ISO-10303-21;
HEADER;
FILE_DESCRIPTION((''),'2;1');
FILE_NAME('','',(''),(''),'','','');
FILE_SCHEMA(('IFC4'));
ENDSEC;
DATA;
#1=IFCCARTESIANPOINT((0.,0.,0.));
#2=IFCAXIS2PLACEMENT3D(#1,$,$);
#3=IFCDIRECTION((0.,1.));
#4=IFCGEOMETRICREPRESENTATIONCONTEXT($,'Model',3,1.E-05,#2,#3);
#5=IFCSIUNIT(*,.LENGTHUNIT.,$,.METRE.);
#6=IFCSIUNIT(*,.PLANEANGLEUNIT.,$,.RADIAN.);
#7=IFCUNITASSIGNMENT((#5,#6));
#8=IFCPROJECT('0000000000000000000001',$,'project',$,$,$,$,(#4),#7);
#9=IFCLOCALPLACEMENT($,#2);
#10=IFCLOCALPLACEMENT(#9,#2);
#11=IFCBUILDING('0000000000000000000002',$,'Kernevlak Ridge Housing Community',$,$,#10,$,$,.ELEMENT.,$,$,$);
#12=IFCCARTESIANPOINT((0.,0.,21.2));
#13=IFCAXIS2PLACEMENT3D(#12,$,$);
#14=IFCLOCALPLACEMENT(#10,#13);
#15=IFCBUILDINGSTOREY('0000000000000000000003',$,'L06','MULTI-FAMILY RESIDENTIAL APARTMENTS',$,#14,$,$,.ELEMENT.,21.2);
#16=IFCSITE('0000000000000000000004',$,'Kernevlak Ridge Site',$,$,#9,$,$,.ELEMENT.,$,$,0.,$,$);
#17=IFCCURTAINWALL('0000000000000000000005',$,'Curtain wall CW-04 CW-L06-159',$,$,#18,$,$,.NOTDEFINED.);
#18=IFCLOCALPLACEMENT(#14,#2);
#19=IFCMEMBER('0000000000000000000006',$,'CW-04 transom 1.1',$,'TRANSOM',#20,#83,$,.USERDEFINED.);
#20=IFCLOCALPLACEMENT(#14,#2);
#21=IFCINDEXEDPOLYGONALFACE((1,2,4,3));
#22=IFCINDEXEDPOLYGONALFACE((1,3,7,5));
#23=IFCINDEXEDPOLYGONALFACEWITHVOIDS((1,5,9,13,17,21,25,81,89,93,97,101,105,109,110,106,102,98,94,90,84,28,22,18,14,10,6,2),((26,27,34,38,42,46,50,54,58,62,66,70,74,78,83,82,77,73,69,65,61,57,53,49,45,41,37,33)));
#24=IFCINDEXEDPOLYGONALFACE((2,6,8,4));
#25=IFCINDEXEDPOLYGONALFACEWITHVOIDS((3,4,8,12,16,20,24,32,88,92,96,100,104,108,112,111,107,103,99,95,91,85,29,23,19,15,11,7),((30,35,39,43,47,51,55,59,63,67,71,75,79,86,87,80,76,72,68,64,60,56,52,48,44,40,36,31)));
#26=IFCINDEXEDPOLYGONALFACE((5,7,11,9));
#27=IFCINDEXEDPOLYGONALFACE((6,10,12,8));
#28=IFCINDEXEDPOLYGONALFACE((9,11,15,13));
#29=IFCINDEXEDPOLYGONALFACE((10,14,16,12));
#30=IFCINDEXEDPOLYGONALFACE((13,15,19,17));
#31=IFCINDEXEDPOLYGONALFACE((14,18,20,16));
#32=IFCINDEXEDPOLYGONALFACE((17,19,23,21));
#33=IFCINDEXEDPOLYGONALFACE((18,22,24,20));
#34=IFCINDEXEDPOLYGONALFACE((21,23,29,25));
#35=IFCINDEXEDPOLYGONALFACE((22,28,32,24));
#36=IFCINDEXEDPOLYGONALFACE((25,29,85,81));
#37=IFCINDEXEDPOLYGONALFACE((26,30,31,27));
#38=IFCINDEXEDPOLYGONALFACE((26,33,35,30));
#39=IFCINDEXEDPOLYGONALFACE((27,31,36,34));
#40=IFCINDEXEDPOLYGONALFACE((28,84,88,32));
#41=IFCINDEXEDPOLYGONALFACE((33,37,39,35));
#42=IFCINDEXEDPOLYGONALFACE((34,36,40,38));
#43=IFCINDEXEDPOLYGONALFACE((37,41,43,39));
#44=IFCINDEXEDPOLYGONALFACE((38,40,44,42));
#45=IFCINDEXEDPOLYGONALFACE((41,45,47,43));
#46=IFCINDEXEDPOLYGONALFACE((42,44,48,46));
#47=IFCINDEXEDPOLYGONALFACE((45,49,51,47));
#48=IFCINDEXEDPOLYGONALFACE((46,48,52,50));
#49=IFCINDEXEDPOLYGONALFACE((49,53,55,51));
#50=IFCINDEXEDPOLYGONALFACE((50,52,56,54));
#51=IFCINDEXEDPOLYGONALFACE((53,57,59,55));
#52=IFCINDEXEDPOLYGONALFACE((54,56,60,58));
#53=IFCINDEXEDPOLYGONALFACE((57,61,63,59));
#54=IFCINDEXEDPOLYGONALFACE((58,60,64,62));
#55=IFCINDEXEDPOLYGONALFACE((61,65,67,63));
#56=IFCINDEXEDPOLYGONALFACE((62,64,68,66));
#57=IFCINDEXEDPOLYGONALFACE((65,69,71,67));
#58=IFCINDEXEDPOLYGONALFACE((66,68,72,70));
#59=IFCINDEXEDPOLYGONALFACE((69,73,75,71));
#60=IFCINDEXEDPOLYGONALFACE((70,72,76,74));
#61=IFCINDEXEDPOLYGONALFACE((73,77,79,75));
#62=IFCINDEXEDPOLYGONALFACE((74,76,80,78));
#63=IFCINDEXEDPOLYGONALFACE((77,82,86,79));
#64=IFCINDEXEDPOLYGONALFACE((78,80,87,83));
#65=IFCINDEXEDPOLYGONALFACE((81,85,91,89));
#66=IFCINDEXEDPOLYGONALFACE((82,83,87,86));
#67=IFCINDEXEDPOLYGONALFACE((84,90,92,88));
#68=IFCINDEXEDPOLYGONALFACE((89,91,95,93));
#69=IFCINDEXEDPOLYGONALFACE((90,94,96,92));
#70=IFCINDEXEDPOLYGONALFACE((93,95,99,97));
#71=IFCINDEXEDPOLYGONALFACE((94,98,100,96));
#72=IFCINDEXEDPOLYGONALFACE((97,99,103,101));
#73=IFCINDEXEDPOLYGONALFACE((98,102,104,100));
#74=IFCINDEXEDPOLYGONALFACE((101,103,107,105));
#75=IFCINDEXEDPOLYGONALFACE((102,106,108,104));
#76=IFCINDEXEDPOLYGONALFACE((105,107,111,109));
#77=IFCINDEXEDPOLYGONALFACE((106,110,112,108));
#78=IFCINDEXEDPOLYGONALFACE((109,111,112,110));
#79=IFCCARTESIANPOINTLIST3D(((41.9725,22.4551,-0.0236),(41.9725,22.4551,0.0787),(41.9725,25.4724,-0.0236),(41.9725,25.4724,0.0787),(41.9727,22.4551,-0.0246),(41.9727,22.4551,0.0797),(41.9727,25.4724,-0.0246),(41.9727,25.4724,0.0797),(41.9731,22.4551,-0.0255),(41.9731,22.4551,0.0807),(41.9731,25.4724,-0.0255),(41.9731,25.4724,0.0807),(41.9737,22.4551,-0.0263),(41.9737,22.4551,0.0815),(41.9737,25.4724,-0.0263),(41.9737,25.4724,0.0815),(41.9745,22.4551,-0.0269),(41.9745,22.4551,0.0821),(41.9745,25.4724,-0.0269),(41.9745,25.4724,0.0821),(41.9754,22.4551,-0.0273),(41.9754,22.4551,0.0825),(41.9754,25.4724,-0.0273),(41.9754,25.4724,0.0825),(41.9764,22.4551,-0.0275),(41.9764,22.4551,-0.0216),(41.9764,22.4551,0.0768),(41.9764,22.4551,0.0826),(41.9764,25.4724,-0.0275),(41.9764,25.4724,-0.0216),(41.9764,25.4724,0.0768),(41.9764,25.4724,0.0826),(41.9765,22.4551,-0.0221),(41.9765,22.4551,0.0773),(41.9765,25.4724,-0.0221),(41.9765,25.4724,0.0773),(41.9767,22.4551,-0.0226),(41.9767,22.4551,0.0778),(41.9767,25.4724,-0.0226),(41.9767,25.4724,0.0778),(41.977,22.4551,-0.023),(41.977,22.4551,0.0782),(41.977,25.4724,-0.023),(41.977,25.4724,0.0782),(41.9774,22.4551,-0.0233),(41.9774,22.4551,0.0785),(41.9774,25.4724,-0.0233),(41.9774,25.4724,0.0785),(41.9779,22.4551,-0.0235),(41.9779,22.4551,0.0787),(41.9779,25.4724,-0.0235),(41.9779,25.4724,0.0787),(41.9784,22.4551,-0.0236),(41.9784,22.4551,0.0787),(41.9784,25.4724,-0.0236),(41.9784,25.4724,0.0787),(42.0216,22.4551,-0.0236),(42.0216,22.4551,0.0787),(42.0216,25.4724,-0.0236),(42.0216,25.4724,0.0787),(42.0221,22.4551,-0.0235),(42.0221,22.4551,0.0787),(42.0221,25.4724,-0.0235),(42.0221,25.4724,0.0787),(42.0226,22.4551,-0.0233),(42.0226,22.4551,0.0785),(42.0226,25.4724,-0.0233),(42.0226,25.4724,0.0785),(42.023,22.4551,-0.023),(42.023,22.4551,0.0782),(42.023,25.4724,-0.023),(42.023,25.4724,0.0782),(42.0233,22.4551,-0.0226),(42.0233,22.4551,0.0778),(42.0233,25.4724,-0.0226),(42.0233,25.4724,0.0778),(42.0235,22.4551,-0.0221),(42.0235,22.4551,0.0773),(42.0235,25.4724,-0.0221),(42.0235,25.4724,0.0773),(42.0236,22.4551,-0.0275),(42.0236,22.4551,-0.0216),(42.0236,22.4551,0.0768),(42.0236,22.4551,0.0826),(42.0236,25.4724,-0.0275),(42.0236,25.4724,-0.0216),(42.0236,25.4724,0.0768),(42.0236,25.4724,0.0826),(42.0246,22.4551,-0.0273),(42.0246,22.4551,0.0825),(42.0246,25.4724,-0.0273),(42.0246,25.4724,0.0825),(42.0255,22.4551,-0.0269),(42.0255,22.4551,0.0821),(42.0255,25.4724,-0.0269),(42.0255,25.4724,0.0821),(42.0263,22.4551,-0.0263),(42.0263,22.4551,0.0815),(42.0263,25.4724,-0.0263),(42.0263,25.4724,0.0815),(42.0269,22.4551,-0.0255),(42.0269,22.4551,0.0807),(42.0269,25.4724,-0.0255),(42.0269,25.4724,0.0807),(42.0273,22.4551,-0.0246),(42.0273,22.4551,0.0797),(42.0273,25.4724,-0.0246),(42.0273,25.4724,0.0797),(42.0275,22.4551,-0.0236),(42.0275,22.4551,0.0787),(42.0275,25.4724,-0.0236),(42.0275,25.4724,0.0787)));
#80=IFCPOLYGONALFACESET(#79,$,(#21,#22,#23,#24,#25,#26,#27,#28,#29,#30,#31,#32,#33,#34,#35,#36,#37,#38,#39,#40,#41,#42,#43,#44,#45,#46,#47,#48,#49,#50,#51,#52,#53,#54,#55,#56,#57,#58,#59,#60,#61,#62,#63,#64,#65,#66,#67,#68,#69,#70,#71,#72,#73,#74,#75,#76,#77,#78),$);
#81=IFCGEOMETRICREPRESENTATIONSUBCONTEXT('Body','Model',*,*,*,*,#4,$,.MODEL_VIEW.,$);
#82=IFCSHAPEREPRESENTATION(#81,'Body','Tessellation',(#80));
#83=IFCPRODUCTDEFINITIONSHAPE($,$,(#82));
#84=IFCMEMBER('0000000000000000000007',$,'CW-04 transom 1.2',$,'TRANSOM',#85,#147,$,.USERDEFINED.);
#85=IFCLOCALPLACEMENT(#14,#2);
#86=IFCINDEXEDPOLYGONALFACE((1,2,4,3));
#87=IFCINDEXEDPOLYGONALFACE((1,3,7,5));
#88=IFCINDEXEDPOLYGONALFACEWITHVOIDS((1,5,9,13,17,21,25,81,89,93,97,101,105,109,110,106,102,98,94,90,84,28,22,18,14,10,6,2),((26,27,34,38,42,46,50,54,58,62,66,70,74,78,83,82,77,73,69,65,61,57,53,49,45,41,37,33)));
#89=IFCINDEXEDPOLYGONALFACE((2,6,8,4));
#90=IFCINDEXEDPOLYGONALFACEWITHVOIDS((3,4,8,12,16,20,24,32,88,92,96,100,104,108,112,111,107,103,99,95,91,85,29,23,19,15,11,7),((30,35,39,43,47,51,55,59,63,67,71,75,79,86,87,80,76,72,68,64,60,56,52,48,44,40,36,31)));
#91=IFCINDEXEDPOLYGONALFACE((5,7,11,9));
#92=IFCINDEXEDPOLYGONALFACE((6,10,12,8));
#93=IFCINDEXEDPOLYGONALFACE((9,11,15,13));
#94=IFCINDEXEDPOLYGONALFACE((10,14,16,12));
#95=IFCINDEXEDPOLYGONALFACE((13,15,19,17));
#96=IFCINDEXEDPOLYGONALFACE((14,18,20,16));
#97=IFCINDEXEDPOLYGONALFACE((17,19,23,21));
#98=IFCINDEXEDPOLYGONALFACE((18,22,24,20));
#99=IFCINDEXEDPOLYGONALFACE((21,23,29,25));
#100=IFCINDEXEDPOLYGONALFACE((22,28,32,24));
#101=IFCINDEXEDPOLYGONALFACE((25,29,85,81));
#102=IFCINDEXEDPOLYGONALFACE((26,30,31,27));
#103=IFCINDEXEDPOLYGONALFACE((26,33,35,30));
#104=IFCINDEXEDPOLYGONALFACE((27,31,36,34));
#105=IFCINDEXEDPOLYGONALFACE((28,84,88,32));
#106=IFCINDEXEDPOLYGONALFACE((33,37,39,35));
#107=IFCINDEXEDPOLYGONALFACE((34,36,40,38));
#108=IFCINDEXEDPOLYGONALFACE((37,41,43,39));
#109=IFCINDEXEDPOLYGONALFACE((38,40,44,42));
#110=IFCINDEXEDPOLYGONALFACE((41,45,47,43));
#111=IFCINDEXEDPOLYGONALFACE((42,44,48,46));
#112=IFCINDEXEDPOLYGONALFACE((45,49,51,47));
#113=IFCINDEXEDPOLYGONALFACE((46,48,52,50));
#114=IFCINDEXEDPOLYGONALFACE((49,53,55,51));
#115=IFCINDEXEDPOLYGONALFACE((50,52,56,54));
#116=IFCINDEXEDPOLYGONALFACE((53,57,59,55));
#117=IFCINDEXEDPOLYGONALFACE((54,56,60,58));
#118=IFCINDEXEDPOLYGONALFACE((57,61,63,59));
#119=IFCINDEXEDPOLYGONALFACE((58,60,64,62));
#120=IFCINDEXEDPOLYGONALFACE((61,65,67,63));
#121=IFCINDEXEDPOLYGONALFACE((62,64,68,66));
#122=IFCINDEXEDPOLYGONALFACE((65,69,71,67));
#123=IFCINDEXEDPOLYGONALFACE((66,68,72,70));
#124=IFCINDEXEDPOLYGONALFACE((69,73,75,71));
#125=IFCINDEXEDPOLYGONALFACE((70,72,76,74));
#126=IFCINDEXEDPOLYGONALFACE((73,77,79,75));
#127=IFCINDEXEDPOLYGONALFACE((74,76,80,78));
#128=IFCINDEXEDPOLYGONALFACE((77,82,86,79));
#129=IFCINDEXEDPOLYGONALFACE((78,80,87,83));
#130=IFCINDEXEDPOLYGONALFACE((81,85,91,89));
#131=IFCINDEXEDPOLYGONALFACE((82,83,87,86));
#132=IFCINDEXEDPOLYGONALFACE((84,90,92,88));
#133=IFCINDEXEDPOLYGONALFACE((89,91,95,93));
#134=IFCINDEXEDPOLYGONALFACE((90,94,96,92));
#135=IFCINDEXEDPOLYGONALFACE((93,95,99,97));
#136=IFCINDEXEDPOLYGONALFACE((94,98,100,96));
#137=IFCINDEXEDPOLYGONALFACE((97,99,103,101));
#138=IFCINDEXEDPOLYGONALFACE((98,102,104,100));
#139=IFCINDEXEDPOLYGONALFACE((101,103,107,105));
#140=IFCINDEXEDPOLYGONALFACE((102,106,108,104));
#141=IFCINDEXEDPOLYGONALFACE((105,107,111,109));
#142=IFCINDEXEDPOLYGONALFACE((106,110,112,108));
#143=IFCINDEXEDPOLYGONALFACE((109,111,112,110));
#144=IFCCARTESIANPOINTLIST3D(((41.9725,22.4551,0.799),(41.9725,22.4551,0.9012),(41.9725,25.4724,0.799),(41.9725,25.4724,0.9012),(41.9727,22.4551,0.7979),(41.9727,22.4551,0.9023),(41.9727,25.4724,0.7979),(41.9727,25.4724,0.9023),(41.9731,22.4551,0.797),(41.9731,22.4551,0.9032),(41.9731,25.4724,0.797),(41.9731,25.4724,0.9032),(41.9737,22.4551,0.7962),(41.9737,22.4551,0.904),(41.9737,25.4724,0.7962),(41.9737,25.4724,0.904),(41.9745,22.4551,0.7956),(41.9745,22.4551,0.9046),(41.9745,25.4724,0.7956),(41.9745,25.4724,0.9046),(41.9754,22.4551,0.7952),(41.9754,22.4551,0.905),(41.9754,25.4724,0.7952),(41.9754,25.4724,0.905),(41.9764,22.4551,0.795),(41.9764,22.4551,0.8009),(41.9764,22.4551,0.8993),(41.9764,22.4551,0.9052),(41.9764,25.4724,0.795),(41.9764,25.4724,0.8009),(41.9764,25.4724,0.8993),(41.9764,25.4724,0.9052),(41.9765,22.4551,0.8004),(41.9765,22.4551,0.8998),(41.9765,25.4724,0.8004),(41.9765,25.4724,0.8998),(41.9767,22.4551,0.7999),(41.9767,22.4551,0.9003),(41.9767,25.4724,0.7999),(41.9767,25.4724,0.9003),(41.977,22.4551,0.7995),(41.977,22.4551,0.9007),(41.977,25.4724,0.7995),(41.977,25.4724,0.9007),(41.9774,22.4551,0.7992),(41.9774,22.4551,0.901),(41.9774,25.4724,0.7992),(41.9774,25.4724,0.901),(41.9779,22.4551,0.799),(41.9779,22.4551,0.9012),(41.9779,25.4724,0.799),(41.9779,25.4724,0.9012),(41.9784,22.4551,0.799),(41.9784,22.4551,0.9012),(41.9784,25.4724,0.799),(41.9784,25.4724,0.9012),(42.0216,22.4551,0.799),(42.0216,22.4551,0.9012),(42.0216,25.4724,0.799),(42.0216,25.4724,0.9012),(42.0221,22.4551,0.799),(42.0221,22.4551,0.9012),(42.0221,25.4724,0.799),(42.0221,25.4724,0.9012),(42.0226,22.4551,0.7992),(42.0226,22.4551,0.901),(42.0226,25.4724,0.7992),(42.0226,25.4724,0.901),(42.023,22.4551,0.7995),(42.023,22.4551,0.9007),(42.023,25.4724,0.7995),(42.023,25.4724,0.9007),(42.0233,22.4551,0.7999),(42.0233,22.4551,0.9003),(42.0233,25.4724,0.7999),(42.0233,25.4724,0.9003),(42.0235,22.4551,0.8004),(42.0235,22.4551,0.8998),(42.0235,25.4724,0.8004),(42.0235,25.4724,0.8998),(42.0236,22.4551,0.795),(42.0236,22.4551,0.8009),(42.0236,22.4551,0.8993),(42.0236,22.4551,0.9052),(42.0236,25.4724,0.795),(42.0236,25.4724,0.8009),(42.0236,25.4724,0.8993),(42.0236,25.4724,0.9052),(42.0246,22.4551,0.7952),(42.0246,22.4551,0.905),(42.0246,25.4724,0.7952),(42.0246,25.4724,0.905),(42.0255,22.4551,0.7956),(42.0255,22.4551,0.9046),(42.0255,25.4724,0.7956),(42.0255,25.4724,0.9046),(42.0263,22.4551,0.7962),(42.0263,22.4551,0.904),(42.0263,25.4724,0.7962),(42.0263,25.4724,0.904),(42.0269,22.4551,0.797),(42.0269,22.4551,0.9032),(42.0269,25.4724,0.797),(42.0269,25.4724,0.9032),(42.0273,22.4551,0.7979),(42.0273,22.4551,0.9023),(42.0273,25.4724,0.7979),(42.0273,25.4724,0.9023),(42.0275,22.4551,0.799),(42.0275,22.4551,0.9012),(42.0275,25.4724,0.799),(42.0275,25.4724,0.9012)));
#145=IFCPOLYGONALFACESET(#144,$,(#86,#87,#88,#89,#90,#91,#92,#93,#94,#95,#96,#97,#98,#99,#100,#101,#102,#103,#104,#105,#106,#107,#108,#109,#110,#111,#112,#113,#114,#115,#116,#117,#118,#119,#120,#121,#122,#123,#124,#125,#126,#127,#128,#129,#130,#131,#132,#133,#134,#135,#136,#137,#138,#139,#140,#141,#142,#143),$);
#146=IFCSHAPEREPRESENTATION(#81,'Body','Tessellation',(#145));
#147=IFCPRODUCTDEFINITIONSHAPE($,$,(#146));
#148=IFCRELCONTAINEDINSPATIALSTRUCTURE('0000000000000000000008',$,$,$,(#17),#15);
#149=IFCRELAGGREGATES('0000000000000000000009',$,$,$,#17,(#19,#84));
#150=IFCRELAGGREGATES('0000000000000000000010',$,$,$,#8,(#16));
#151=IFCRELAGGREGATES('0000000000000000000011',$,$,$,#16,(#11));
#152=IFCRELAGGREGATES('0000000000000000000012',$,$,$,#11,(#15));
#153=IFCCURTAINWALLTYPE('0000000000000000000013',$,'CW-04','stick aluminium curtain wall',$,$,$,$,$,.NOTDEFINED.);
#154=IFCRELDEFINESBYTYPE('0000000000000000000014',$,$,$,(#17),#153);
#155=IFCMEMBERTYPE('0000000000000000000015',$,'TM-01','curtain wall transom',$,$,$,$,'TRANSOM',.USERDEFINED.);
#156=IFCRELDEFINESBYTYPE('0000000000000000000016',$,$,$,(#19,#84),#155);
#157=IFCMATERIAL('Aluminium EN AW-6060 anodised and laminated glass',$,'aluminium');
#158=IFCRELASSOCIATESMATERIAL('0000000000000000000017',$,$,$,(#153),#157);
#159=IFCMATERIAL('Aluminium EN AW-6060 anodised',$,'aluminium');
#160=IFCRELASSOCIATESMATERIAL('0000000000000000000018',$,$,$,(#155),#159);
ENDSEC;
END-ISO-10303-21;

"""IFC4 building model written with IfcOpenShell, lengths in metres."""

from ifc_helpers import new_model, si_unit, direction, frame, origin, origin_2d, place, context, subcontext, project, spatial, hollow_rectangle, extrude, material, material_profile, profile_set, type_object, element, aggregate, save


model = new_model("IFC4")

# Units and contexts
model_context = context("Model", 3, precision=1e-05, world=origin(), true_north=direction((0.0, 1.0)))
body_context = subcontext(model_context, "Body", "Model", "MODEL_VIEW")
ifc_project = project(units=[si_unit("LENGTHUNIT", "METRE"), si_unit("PLANEANGLEUNIT", "RADIAN")], contexts=[model_context])

# Site, building, storey
site_placement = place(None, origin())
site = spatial("IfcSite", under=ifc_project, at=site_placement, Name="Kernevlak Ridge Site", CompositionType="ELEMENT", RefElevation=0.0)
building_placement = place(site_placement, origin())
building = spatial("IfcBuilding", under=site, at=building_placement, Name="Kernevlak Ridge Housing Community", CompositionType="ELEMENT")
storey_placement = place(building_placement, frame((0.0, 0.0, 21.2)))
storey = spatial("IfcBuildingStorey", under=building, at=storey_placement, Name="L06", Description="MULTI-FAMILY RESIDENTIAL APARTMENTS", CompositionType="ELEMENT", Elevation=21.2)

# Curtain wall
ifc_material_1 = material(Name="Aluminium EN AW-6060 anodised and laminated glass", Category="aluminium")
curtain_wall_type = type_object("IfcCurtainWallType", Name="CW-04", Description="stick aluminium curtain wall", PredefinedType="NOTDEFINED", material=ifc_material_1)
curtain_wall_placement = place(storey_placement, origin())
curtain_wall = element("IfcCurtainWall", 1, at=curtain_wall_placement, inside=storey, type_object=curtain_wall_type, Name="Curtain wall CW-04 CW-L06-159", PredefinedType="NOTDEFINED")
ifc_material_2 = material(Name="Aluminium EN AW-6060 anodised", Category="aluminium")

# Members
ifc_material_profile_1 = material_profile(ifc_material_2, hollow_rectangle(XDim=0.0549, YDim=0.1101, WallThickness=0.0039, InnerFilletRadius=0.002, OuterFilletRadius=0.0039, at=origin_2d()), Name="ALU 55x110x4")
ifc_profile_set_1 = profile_set([ifc_material_profile_1], Name="Aluminium EN AW-6060 anodised")
member_type_1 = type_object("IfcMemberType", Name="TM-01", Description="curtain wall transom", ElementType="TRANSOM", PredefinedType="USERDEFINED", material=ifc_profile_set_1)
member_1_placement = place(storey_placement, frame((42.0, 22.4551, 0.0276), z_axis=(0.0, 1.0, 0.0), x_axis=(-1.0, 0.0, 0.0)))
member_1 = element("IfcMember", 2, at=member_1_placement, type_object=member_type_1, Name="CW-04 transom 1.1", ObjectType="TRANSOM", PredefinedType="USERDEFINED", context=body_context, shape_type="SweptSolid", body=[
    extrude(hollow_rectangle(XDim=0.0549, YDim=0.1101, WallThickness=0.0039, InnerFilletRadius=0.002, OuterFilletRadius=0.0039, at=origin_2d()), origin(), (0.0, 0.0, 1.0), 3.0173),
])
member_2_placement = place(storey_placement, frame((42.0, 22.4551, 0.8501), z_axis=(0.0, 1.0, 0.0), x_axis=(-1.0, 0.0, 0.0)))
member_2 = element("IfcMember", 3, at=member_2_placement, type_object=member_type_1, Name="CW-04 transom 1.2", ObjectType="TRANSOM", PredefinedType="USERDEFINED", context=body_context, shape_type="SweptSolid", body=[
    extrude(hollow_rectangle(XDim=0.0549, YDim=0.1101, WallThickness=0.0039, InnerFilletRadius=0.002, OuterFilletRadius=0.0039, at=origin_2d()), origin(), (0.0, 0.0, 1.0), 3.0173),
])

aggregate(curtain_wall, [member_1, member_2])

save(model, "model.ifc")
